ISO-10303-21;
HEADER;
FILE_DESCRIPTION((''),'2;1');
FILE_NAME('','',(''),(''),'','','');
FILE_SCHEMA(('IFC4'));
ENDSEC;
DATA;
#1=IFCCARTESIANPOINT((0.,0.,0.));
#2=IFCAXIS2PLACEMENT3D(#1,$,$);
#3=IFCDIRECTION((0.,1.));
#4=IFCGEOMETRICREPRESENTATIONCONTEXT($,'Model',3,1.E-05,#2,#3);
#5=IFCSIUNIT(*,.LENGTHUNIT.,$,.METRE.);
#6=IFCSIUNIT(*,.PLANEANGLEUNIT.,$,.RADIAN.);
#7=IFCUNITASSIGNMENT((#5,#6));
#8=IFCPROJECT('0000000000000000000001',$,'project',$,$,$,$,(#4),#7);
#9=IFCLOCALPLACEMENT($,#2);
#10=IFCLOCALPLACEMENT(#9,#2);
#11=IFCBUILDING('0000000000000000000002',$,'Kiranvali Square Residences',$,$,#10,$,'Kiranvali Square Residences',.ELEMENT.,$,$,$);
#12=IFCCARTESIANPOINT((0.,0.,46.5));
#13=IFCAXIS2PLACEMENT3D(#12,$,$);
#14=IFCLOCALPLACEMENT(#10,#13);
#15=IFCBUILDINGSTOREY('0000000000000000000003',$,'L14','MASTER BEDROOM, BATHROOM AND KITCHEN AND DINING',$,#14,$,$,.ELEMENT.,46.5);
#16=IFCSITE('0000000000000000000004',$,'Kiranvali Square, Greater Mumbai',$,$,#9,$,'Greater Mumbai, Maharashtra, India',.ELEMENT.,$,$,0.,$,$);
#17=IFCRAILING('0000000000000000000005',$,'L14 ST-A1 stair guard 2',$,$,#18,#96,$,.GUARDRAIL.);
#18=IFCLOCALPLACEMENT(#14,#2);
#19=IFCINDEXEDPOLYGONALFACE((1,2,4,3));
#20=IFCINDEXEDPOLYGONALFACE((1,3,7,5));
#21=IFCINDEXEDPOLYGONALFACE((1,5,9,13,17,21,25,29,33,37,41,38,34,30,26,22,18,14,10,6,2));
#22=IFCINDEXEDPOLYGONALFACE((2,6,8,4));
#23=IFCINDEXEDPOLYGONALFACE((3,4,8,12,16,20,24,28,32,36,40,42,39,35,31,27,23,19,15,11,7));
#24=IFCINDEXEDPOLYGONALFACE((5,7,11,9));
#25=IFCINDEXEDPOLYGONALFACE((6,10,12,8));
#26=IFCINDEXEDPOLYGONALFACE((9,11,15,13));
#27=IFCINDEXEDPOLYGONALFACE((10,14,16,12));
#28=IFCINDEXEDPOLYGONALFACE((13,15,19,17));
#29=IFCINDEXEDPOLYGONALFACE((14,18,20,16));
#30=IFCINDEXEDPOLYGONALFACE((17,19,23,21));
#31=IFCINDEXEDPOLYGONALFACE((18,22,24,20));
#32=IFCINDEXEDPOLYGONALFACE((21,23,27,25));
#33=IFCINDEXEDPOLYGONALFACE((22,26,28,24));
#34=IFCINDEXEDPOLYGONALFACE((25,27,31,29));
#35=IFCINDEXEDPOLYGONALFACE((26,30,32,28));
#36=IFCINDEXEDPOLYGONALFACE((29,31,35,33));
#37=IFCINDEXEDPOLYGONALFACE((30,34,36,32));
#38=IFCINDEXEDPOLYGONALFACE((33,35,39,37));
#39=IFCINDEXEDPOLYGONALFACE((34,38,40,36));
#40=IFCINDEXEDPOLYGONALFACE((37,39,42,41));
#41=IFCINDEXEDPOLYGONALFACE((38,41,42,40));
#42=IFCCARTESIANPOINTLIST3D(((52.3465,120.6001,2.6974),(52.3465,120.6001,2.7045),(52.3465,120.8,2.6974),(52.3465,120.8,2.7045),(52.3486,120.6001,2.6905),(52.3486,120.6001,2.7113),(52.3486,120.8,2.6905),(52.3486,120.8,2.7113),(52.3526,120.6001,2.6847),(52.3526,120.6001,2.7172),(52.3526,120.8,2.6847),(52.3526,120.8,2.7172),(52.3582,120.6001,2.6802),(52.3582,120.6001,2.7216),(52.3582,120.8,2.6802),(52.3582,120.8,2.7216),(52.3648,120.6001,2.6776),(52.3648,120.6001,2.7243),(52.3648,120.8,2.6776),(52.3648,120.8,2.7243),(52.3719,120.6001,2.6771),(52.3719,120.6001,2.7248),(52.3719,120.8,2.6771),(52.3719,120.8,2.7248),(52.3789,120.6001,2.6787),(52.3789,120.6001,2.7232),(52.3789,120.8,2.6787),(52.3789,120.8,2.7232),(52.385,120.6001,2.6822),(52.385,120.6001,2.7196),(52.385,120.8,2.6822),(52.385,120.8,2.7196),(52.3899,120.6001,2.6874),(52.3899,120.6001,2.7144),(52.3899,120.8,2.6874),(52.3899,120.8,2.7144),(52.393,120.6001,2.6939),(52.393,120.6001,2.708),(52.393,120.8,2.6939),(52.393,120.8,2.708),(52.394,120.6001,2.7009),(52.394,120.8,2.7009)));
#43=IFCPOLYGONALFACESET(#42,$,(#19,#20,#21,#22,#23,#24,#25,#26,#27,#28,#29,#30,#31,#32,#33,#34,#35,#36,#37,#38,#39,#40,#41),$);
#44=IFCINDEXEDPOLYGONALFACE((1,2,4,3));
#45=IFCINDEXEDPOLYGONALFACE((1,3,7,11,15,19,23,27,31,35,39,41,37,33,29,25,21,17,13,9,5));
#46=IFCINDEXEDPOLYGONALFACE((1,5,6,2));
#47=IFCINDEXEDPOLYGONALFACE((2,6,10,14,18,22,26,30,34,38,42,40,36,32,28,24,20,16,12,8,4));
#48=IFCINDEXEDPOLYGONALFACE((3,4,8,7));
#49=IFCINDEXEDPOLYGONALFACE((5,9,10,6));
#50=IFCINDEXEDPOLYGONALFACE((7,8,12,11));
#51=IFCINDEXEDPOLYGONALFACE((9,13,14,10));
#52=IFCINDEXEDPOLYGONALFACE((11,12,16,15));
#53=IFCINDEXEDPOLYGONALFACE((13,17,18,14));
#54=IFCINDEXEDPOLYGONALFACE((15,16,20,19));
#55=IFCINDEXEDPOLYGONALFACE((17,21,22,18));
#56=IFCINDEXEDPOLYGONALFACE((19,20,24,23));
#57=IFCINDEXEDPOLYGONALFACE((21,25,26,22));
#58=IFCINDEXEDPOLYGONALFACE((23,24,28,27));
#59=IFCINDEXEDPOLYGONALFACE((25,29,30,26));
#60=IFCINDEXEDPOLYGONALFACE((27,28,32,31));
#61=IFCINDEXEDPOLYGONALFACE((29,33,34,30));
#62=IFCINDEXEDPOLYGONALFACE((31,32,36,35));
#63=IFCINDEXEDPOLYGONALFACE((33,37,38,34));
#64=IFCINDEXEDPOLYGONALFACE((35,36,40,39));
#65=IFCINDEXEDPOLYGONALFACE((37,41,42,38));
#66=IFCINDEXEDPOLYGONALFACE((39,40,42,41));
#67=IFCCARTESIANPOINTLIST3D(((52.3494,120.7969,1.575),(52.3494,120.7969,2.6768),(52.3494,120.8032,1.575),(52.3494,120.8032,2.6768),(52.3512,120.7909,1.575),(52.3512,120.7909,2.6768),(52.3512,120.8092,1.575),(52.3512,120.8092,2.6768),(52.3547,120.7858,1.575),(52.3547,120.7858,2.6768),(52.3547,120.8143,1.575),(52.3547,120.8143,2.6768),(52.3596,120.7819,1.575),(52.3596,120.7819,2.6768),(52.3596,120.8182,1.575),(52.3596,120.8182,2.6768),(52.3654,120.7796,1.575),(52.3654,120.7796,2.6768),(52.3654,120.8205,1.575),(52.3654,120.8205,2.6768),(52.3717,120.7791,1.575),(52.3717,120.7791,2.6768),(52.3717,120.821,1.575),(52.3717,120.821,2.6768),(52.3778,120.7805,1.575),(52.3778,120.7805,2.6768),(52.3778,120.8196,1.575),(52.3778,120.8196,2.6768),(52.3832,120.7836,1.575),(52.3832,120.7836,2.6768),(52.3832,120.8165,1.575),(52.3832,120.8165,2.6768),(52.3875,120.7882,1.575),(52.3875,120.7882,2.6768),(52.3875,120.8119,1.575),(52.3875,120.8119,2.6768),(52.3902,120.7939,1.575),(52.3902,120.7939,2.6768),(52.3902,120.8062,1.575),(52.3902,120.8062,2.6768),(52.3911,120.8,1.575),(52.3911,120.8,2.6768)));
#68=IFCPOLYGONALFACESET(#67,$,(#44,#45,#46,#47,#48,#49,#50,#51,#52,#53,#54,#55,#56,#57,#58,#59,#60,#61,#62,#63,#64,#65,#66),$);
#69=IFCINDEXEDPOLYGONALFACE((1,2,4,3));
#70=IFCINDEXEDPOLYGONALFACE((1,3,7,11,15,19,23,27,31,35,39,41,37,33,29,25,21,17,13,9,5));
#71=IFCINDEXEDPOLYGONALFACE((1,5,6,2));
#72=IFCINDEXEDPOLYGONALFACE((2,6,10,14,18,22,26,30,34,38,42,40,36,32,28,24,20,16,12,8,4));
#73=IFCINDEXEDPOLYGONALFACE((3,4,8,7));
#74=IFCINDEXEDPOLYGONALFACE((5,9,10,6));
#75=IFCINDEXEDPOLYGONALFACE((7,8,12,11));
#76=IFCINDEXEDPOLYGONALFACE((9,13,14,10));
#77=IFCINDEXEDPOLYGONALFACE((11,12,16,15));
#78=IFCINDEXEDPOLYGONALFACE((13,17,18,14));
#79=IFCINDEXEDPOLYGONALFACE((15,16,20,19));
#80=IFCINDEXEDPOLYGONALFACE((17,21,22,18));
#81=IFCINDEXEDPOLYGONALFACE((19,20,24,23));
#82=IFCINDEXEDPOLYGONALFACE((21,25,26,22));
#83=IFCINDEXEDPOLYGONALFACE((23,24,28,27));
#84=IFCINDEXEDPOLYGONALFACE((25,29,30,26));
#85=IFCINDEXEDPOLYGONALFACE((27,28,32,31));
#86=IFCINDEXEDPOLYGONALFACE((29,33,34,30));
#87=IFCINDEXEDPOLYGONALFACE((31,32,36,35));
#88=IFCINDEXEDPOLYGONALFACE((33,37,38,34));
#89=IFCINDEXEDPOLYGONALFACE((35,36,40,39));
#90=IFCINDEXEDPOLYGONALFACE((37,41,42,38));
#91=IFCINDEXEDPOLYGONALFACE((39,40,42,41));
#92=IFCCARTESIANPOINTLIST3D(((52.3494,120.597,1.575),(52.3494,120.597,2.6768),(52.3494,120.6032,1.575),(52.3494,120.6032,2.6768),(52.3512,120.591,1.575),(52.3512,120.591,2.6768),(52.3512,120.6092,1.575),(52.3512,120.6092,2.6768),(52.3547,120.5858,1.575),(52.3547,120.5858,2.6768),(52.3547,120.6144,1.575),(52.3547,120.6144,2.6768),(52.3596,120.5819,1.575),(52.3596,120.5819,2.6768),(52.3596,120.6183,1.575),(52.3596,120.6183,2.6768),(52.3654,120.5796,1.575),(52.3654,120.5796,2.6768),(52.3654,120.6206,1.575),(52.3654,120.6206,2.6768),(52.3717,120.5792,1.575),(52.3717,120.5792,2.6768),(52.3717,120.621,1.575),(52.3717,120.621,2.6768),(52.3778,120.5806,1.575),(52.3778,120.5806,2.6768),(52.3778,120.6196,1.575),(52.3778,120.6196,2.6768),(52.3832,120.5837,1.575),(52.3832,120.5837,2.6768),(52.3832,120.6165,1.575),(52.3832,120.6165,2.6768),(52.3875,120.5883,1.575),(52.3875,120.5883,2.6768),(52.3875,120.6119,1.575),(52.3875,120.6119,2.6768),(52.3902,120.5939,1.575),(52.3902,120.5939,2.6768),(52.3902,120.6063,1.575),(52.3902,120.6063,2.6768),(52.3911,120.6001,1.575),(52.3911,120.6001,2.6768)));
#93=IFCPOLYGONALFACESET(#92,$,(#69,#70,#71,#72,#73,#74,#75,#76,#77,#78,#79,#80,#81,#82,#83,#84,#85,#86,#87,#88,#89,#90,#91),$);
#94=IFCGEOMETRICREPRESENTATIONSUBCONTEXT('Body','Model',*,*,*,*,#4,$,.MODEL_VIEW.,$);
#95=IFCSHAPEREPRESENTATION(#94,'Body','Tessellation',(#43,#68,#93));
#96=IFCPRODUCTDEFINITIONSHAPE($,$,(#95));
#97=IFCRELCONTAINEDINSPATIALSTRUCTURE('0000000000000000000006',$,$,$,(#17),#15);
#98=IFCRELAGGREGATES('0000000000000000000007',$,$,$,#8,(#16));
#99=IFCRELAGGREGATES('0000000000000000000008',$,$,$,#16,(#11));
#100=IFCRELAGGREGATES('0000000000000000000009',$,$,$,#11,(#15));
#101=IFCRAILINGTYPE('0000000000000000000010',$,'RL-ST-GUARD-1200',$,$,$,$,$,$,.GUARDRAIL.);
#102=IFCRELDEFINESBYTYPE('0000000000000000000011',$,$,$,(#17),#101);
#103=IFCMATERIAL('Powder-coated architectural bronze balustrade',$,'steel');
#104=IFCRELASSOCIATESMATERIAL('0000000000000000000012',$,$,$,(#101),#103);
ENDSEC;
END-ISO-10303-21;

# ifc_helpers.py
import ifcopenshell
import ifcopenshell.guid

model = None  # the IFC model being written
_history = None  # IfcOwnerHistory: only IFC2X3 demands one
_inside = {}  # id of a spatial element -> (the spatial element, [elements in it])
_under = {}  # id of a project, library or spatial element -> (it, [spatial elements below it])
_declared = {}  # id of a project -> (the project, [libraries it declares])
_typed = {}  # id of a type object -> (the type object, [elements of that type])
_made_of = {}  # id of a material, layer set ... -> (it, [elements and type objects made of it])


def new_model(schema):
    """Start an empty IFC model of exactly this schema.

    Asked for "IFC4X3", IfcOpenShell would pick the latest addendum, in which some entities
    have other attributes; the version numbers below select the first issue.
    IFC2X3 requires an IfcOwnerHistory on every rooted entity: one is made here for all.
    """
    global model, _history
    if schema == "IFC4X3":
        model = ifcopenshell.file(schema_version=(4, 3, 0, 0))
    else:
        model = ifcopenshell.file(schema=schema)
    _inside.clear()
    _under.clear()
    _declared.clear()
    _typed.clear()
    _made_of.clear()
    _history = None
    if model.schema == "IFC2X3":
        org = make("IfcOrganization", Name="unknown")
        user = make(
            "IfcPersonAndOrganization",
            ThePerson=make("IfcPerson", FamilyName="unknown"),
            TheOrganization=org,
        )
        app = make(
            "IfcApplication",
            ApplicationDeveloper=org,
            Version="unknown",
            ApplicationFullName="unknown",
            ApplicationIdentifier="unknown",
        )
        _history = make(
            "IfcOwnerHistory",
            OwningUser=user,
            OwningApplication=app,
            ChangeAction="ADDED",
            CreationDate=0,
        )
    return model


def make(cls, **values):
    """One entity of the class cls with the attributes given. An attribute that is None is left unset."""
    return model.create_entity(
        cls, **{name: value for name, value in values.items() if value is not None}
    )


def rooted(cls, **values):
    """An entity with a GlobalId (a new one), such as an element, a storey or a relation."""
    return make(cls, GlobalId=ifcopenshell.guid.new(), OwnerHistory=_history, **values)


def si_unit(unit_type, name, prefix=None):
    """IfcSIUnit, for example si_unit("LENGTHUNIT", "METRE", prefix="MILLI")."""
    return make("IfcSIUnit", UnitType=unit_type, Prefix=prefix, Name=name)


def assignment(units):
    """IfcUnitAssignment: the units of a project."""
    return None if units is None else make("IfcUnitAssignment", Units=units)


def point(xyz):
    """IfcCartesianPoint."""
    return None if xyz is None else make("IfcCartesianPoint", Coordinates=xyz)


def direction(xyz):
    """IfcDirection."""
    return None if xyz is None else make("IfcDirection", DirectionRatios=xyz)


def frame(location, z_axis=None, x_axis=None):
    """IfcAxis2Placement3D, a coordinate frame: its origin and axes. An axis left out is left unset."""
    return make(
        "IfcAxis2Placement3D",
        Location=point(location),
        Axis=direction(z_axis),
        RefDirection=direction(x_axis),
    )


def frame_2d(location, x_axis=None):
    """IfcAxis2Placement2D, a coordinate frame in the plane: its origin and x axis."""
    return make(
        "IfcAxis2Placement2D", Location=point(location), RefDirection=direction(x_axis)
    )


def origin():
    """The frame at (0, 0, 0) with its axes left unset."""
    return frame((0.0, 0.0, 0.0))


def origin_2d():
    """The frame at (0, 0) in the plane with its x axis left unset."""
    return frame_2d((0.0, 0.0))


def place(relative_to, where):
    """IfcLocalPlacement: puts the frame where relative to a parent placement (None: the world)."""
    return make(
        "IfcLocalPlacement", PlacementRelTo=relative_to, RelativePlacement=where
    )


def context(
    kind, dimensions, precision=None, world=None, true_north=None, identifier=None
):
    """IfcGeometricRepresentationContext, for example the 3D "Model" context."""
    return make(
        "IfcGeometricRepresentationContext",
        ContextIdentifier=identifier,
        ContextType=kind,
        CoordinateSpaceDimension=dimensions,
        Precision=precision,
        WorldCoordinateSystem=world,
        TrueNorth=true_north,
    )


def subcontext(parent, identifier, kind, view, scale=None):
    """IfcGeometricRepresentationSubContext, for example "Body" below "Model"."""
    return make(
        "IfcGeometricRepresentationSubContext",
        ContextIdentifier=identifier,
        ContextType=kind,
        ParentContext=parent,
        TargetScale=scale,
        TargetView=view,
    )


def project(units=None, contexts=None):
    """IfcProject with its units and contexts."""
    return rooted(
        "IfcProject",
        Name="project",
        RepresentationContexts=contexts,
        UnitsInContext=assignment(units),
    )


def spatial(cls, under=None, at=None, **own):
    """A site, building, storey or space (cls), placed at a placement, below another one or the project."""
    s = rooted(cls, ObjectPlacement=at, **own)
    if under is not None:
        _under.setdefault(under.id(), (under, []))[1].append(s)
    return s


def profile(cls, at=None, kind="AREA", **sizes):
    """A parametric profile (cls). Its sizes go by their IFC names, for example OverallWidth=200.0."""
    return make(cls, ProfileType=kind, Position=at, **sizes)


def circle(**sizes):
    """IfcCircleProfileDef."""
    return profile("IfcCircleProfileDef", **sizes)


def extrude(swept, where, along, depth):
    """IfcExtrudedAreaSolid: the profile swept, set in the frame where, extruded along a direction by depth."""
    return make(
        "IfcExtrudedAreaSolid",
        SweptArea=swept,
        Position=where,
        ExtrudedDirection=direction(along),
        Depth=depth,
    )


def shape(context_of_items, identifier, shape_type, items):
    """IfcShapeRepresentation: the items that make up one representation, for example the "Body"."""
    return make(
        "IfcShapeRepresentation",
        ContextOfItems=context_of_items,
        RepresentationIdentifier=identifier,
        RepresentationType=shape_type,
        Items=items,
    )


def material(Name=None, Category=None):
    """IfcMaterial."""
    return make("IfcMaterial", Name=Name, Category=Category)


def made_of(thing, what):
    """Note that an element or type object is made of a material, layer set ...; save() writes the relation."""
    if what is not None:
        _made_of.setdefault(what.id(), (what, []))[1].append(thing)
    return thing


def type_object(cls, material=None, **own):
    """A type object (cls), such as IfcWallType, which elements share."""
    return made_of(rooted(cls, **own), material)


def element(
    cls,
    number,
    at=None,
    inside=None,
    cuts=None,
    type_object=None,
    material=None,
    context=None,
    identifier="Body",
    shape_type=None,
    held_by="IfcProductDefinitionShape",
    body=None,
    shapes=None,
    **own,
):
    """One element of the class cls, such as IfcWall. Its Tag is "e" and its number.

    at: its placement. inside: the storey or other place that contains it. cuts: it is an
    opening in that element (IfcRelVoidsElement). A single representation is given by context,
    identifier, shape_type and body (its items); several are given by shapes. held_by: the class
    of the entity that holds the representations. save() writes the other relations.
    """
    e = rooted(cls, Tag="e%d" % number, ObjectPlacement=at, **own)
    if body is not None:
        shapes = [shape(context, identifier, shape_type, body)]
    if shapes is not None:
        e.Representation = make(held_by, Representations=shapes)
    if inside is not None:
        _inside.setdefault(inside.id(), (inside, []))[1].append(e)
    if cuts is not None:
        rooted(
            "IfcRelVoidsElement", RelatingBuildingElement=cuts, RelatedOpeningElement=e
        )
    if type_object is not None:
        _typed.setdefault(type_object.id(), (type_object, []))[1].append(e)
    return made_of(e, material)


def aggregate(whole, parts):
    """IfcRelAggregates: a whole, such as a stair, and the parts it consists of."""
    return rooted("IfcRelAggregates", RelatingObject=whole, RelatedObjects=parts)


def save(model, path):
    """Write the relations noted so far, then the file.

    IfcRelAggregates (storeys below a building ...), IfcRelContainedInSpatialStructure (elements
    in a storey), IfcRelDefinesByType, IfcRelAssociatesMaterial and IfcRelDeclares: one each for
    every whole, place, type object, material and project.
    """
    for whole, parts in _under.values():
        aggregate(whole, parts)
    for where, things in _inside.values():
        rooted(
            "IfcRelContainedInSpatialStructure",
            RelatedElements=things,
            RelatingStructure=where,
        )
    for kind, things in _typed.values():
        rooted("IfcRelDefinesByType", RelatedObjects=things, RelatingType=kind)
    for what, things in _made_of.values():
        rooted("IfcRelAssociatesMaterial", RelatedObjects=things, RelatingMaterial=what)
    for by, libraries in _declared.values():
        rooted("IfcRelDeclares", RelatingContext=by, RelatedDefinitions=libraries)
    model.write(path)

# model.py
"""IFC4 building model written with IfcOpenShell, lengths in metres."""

from ifc_helpers import new_model, si_unit, direction, frame, origin, origin_2d, place, context, subcontext, project, spatial, circle, extrude, material, type_object, element, save


model = new_model("IFC4")

# Units and contexts
model_context = context("Model", 3, precision=1e-05, world=origin(), true_north=direction((0.0, 1.0)))
body_context = subcontext(model_context, "Body", "Model", "MODEL_VIEW")
ifc_project = project(units=[si_unit("LENGTHUNIT", "METRE"), si_unit("PLANEANGLEUNIT", "RADIAN")], contexts=[model_context])

# Site, building, storey
site_placement = place(None, origin())
site = spatial("IfcSite", under=ifc_project, at=site_placement, Name="Kiranvali Square, Greater Mumbai", LongName="Greater Mumbai, Maharashtra, India", CompositionType="ELEMENT", RefElevation=0.0)
building_placement = place(site_placement, origin())
building = spatial("IfcBuilding", under=site, at=building_placement, Name="Kiranvali Square Residences", LongName="Kiranvali Square Residences", CompositionType="ELEMENT")
storey_placement = place(building_placement, frame((0.0, 0.0, 46.5)))
storey = spatial("IfcBuildingStorey", under=building, at=storey_placement, Name="L14", Description="MASTER BEDROOM, BATHROOM AND KITCHEN AND DINING", CompositionType="ELEMENT", Elevation=46.5)

# Railing
ifc_material_1 = material(Name="Powder-coated architectural bronze balustrade", Category="steel")
railing_type_1 = type_object("IfcRailingType", Name="RL-ST-GUARD-1200", PredefinedType="GUARDRAIL", material=ifc_material_1)
railing_1_placement = place(storey_placement, frame((52.3701, 120.8, 1.575)))
element("IfcRailing", 1, at=railing_1_placement, inside=storey, type_object=railing_type_1, Name="L14 ST-A1 stair guard 2", PredefinedType="GUARDRAIL", context=body_context, shape_type="SweptSolid", body=[
    extrude(circle(Radius=0.0239, at=origin_2d()), frame((0.0, 0.0, 1.126), z_axis=(0.0, -1.0, 0.0), x_axis=(1.0, 0.0, 0.0)), (0.0, 0.0, 1.0), 0.2),
    extrude(circle(Radius=0.021, at=origin_2d()), origin(), (0.0, 0.0, 1.0), 1.1018),
    extrude(circle(Radius=0.021, at=origin_2d()), frame((0.0, -0.2, 0.0)), (0.0, 0.0, 1.0), 1.1018),
])

save(model, "model.ifc")
